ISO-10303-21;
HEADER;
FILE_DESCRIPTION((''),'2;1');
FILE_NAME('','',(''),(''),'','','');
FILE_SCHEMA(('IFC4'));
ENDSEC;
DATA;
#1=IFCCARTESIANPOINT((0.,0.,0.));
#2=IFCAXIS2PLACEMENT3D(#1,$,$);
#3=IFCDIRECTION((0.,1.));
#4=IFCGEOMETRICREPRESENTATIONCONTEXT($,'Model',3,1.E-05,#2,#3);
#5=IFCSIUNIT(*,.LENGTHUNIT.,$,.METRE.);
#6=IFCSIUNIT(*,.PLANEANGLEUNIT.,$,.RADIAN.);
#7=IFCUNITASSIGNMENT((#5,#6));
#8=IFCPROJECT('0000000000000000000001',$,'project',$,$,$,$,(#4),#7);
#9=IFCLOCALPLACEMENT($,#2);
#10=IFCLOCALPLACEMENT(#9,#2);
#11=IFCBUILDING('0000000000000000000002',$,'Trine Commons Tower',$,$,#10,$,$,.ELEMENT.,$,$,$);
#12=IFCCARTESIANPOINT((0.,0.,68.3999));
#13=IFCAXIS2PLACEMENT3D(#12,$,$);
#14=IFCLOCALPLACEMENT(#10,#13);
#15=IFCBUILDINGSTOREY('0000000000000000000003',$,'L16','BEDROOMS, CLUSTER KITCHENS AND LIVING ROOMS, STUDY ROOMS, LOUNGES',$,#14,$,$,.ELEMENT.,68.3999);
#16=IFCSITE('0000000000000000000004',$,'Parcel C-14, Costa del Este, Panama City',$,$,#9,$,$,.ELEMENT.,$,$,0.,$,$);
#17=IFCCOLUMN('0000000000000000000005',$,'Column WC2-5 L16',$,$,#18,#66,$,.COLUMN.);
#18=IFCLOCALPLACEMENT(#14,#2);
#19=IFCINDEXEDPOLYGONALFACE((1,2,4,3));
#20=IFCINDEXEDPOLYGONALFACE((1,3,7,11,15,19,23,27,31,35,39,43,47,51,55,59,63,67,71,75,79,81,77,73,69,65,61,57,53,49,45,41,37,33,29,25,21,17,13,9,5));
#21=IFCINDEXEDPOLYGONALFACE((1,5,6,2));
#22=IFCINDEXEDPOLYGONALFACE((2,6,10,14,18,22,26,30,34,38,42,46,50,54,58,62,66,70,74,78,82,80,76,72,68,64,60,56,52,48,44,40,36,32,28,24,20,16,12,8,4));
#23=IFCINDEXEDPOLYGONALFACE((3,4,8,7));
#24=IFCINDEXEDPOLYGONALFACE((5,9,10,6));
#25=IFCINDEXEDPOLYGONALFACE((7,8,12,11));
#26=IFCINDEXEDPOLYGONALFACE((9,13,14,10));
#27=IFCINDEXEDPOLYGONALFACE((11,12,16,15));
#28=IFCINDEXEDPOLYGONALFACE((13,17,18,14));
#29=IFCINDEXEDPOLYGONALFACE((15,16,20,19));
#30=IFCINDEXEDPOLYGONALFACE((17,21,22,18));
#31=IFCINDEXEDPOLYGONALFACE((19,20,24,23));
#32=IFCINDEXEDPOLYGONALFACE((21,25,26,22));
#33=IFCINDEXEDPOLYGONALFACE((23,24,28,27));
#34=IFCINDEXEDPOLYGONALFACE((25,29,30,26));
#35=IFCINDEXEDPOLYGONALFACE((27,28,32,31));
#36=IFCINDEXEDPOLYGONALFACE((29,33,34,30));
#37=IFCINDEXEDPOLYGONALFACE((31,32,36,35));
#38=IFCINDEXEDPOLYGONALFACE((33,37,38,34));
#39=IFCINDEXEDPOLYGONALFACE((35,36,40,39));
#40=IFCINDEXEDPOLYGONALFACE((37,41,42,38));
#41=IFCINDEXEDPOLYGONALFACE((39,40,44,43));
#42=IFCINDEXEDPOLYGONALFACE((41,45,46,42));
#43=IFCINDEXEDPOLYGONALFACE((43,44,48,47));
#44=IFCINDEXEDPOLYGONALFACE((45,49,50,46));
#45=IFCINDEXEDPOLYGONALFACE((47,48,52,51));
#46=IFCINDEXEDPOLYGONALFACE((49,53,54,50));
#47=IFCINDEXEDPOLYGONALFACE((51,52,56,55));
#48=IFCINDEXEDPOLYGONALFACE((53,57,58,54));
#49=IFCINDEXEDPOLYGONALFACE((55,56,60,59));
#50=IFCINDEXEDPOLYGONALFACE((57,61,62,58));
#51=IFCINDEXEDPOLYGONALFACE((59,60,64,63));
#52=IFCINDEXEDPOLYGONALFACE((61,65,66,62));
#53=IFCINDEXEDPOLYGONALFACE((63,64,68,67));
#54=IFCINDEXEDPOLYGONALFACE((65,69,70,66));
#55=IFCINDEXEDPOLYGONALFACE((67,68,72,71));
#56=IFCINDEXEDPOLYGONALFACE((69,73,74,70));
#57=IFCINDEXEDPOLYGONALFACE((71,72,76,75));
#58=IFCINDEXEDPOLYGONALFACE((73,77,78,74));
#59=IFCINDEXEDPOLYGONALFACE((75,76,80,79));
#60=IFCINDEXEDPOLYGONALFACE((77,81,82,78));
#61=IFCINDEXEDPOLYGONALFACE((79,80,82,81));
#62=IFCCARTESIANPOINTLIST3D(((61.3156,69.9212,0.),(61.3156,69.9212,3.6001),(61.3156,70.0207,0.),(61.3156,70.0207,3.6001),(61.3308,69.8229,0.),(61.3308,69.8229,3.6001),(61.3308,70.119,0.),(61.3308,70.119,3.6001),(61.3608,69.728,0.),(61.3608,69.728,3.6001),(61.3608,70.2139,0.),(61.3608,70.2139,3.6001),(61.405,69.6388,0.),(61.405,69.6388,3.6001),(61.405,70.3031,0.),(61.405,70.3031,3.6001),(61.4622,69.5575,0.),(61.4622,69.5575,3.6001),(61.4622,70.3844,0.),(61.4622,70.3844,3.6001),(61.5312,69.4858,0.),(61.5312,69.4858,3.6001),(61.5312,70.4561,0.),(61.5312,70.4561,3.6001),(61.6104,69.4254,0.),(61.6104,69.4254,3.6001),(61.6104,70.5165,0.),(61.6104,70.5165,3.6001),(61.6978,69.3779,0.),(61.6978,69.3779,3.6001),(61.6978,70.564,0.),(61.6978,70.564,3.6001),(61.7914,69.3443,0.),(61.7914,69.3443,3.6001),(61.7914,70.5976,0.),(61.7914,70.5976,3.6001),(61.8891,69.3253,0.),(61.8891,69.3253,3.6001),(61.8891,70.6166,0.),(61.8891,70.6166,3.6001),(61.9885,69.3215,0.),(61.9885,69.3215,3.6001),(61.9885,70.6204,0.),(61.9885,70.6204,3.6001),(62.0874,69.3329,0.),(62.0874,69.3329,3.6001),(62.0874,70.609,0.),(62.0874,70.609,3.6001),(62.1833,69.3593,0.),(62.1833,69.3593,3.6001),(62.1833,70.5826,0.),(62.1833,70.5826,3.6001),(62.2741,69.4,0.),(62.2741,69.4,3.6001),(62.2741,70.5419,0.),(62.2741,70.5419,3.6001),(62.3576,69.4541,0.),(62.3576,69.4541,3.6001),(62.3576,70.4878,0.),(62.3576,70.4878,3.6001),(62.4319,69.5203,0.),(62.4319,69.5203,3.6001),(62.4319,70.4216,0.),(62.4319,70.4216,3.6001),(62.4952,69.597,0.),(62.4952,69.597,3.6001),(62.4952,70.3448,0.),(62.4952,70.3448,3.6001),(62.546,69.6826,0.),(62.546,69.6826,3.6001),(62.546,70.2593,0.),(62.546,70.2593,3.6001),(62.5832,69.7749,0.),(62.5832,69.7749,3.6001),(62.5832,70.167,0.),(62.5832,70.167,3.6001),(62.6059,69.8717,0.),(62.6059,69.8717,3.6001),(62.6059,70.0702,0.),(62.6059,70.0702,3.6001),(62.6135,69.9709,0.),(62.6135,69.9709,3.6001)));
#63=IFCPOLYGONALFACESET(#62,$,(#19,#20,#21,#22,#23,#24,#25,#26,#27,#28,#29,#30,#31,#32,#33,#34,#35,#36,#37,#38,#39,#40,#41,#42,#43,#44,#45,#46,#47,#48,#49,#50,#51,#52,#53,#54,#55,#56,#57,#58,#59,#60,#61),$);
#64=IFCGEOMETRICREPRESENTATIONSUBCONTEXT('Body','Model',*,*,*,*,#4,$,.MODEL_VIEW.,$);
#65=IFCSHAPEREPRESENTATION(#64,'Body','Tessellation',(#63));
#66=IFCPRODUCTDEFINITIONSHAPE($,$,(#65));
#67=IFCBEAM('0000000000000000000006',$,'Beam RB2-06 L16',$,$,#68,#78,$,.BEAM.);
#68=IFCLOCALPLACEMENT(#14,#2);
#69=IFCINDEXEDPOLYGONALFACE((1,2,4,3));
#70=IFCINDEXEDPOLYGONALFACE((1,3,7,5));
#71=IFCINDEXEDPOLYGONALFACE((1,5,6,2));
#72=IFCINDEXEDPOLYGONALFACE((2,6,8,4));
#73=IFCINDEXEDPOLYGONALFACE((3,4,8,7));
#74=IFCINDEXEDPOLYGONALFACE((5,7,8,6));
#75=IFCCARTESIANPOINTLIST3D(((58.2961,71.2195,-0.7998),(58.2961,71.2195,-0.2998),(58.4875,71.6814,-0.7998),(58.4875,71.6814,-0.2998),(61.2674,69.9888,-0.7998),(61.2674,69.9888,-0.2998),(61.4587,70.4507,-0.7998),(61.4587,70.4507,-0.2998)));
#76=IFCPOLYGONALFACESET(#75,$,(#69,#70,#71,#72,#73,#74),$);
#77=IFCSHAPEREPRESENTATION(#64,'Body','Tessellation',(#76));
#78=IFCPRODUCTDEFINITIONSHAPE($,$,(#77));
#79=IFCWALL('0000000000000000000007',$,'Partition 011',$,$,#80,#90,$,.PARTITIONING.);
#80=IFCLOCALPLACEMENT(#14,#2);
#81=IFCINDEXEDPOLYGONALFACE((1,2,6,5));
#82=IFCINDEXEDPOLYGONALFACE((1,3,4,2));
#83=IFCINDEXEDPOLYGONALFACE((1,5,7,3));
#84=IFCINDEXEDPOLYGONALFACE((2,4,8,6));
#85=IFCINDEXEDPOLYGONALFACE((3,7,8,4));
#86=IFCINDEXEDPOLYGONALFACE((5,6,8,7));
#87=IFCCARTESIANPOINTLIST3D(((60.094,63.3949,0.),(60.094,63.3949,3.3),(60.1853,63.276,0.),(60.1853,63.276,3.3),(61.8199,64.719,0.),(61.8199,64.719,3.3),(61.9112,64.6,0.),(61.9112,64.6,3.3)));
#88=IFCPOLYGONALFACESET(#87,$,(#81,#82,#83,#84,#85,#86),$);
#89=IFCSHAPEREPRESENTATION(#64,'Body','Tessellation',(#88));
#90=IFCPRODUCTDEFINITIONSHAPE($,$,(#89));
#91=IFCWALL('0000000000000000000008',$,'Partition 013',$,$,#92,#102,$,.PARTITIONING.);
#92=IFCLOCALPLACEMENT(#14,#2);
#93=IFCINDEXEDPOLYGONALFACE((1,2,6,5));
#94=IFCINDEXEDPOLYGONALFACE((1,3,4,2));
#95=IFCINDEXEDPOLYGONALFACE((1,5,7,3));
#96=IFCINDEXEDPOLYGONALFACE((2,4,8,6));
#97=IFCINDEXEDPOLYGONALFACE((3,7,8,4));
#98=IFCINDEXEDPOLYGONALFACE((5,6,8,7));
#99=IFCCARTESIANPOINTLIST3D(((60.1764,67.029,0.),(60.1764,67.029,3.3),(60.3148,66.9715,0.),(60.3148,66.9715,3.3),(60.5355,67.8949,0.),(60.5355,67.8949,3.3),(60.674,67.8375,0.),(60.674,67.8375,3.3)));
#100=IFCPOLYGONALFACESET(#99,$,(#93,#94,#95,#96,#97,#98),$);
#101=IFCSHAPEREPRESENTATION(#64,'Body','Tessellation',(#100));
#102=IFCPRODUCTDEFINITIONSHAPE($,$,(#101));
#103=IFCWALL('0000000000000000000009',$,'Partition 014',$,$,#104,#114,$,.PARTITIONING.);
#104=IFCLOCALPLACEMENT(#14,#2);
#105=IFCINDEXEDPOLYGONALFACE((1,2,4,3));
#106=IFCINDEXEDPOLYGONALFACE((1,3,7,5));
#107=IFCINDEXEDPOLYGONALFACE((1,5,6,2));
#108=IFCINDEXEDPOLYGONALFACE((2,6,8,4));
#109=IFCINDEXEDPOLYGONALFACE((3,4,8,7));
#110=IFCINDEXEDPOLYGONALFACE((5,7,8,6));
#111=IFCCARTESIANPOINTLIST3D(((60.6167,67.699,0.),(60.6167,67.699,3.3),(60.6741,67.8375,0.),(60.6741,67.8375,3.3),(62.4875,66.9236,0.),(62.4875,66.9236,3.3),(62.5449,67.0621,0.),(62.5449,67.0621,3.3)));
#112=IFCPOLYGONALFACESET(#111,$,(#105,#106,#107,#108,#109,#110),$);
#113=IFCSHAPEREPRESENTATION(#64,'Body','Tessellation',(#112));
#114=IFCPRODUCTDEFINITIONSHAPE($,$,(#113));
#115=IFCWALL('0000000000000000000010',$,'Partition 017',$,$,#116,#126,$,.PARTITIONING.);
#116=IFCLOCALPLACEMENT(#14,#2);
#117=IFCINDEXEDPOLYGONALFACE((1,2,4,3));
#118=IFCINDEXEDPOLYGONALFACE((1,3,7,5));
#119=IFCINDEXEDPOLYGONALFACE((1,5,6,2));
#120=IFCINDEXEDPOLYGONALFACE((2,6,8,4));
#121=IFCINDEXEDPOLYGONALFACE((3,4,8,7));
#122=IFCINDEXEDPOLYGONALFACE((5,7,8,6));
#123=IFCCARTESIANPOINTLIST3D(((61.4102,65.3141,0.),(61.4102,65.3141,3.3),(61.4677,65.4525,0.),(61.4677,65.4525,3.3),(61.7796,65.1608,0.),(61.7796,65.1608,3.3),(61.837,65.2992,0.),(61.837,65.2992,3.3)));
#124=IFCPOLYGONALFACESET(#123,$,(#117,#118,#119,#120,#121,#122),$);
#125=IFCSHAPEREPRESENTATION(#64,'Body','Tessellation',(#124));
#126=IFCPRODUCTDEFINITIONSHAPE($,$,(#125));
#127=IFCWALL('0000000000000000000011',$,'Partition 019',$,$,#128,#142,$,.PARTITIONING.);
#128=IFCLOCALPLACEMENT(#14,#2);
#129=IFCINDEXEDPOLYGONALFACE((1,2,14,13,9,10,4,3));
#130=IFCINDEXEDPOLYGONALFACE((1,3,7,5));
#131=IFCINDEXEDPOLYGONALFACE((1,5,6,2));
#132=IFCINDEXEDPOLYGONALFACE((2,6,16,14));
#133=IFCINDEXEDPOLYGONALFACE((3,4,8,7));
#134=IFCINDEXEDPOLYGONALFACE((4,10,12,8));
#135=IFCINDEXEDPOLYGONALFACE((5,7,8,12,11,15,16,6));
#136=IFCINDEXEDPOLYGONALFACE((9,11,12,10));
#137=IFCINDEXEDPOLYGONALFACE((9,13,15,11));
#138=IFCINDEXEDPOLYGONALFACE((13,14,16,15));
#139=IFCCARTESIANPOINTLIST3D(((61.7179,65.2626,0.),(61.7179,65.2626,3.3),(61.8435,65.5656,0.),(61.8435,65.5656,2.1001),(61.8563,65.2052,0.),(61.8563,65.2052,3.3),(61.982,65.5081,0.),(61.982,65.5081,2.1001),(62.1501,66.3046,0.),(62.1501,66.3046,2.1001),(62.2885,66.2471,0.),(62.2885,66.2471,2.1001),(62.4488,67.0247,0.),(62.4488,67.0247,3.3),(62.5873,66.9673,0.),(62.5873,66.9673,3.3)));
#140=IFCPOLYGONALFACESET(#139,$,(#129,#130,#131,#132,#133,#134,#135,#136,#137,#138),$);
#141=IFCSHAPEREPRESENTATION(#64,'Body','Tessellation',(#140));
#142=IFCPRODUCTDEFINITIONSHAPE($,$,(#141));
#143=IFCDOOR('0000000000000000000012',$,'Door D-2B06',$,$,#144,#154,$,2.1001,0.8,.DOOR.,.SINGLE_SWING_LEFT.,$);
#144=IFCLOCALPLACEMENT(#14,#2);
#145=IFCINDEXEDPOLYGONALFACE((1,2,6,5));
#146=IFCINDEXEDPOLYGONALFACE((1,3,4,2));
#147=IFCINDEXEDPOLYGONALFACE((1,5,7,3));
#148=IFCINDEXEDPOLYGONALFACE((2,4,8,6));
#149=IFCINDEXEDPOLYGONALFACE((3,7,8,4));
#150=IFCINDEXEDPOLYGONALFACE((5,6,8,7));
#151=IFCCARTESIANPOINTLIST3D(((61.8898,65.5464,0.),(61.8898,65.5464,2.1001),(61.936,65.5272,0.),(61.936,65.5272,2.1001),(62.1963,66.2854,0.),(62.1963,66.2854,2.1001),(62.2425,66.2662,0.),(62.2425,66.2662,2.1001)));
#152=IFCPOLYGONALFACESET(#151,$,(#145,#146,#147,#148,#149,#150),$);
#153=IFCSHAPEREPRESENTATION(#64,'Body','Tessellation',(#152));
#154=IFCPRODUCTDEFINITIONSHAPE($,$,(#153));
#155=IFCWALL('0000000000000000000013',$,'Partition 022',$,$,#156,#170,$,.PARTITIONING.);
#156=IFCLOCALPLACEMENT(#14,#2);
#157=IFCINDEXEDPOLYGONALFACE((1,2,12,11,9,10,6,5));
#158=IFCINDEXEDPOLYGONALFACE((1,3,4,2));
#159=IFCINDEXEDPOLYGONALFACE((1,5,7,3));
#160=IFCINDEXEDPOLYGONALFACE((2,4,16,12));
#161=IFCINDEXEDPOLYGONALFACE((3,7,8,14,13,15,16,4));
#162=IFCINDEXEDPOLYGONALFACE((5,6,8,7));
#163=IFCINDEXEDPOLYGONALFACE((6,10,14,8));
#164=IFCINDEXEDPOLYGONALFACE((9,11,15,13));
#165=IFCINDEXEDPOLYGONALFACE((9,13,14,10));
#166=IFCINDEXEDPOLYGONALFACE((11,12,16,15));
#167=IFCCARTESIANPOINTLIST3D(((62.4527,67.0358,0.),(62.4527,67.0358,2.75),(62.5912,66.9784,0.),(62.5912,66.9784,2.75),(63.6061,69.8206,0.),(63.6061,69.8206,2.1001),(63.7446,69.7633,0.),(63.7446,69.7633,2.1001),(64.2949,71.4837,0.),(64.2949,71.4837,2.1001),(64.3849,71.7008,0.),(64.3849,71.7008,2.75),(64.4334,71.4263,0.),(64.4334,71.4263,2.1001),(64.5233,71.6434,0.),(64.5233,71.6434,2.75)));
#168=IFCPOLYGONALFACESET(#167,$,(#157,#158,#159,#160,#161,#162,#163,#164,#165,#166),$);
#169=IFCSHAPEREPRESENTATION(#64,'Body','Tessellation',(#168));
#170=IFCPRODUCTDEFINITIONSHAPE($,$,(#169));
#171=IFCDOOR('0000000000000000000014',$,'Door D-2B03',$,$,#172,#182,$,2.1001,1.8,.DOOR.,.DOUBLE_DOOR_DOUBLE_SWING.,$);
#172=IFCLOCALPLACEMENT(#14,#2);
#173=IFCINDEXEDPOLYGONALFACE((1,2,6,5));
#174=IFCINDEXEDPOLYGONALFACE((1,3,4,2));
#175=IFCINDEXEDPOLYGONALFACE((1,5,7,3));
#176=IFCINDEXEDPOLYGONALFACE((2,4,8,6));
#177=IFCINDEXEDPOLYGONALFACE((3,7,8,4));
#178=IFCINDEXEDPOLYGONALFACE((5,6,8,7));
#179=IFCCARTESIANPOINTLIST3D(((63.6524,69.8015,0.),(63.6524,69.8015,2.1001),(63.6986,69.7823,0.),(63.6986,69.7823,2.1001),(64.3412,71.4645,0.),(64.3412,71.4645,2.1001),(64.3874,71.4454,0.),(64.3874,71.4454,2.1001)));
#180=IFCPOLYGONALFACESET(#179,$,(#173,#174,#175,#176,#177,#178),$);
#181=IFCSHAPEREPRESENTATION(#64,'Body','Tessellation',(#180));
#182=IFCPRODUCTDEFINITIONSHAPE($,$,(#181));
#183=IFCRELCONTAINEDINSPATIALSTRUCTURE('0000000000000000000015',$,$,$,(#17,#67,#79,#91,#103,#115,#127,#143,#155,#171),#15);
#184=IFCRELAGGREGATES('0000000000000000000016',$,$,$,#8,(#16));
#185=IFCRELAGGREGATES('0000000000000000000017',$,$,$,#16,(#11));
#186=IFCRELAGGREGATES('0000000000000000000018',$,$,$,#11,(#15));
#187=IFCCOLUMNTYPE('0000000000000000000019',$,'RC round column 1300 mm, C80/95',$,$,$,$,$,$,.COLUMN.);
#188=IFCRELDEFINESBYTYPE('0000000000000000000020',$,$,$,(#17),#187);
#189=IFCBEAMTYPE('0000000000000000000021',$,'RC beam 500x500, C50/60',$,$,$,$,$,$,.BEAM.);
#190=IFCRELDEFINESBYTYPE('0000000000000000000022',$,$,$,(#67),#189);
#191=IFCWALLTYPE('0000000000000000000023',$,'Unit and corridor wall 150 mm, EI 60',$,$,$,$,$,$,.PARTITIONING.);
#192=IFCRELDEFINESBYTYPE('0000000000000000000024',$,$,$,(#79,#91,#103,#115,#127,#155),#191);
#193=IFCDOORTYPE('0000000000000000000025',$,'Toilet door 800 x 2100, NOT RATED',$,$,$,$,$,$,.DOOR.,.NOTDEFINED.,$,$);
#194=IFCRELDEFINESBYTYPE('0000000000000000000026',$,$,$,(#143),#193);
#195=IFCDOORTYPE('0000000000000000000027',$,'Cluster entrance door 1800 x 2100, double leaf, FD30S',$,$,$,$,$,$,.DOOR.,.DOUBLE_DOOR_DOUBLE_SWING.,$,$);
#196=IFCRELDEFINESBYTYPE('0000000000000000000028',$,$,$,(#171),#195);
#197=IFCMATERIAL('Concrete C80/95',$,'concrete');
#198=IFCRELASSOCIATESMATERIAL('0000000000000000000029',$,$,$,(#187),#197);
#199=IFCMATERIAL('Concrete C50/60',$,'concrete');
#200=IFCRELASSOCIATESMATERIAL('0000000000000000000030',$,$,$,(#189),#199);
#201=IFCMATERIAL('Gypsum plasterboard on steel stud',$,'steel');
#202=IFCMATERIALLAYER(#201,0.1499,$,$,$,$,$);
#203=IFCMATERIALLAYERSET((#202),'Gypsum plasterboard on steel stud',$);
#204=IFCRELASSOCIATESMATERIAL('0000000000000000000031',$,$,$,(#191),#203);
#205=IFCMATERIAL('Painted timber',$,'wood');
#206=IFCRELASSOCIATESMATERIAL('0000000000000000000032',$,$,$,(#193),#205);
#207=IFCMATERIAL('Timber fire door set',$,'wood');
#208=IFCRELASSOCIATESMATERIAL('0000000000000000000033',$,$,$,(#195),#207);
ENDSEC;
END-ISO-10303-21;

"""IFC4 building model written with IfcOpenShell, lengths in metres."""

from ifc_helpers import new_model, si_unit, direction, frame, frame_2d, origin, origin_2d, place, context, subcontext, project, spatial, rectangle, circle, extrude, material, layer, layer_set, material_profile, profile_set, type_object, element, fill, save


model = new_model("IFC4")

# Units and contexts
model_context = context("Model", 3, precision=1e-05, world=origin(), true_north=direction((0.0, 1.0)))
body_context = subcontext(model_context, "Body", "Model", "MODEL_VIEW")
ifc_project = project(units=[si_unit("LENGTHUNIT", "METRE"), si_unit("PLANEANGLEUNIT", "RADIAN")], contexts=[model_context])

# Site, building, storey
site_placement = place(None, origin())
site = spatial("IfcSite", under=ifc_project, at=site_placement, Name="Parcel C-14, Costa del Este, Panama City", CompositionType="ELEMENT", RefElevation=0.0)
building_placement = place(site_placement, origin())
building = spatial("IfcBuilding", under=site, at=building_placement, Name="Trine Commons Tower", CompositionType="ELEMENT")
storey_placement = place(building_placement, frame((0.0, 0.0, 68.3999)))
storey = spatial("IfcBuildingStorey", under=building, at=storey_placement, Name="L16", Description="BEDROOMS, CLUSTER KITCHENS AND LIVING ROOMS, STUDY ROOMS, LOUNGES", CompositionType="ELEMENT", Elevation=68.3999)

# Column
ifc_material_1 = material(Name="Concrete C80/95", Category="concrete")
ifc_material_profile_1 = material_profile(ifc_material_1, circle(Radius=0.6499, at=origin_2d()), Name="RC round 1300")
ifc_profile_set_1 = profile_set([ifc_material_profile_1], Name="Concrete C80/95")
column_type = type_object("IfcColumnType", Name="RC round column 1300 mm, C80/95", PredefinedType="COLUMN", material=ifc_profile_set_1)
column_placement = place(storey_placement, frame((61.9636, 69.9709, 0.0), z_axis=(0.0, 0.0, 1.0), x_axis=(1.0, 0.0, 0.0)))
element("IfcColumn", 1, at=column_placement, inside=storey, type_object=column_type, Name="Column WC2-5 L16", PredefinedType="COLUMN", context=body_context, shape_type="SweptSolid", body=[
    extrude(circle(Radius=0.6499, at=origin_2d()), origin(), (0.0, 0.0, 1.0), 3.6001),
])

# Beam
ifc_material_2 = material(Name="Concrete C50/60", Category="concrete")
ifc_material_profile_2 = material_profile(ifc_material_2, rectangle(XDim=0.5, YDim=0.5, at=origin_2d()), Name="RC 500x500")
ifc_profile_set_2 = profile_set([ifc_material_profile_2], Name="Concrete C50/60")
beam_type = type_object("IfcBeamType", Name="RC beam 500x500, C50/60", PredefinedType="BEAM", material=ifc_profile_set_2)
beam_placement = place(storey_placement, frame((61.363, 70.2197, -0.5498), z_axis=(-0.923879, 0.382685, 0.0), x_axis=(-0.382685, -0.923879, 0.0)))
element("IfcBeam", 2, at=beam_placement, inside=storey, type_object=beam_type, Name="Beam RB2-06 L16", PredefinedType="BEAM", context=body_context, shape_type="SweptSolid", body=[
    extrude(rectangle(XDim=0.5, YDim=0.5, at=origin_2d()), origin(), (0.0, 0.0, 1.0), 3.2161),
])

# Walls
ifc_material_3 = material(Name="Gypsum plasterboard on steel stud", Category="steel")
ifc_layer_1 = layer(ifc_material_3, 0.1499)
ifc_layer_set_1 = layer_set([ifc_layer_1], Name="Gypsum plasterboard on steel stud")
wall_type_1 = type_object("IfcWallType", Name="Unit and corridor wall 150 mm, EI 60", PredefinedType="PARTITIONING", material=ifc_layer_set_1)
wall_1_placement = place(storey_placement, frame((60.1396, 63.3354, 0.0), z_axis=(0.0, 0.0, 1.0), x_axis=(0.79342, 0.608674, 0.0)))
element("IfcWall", 3, at=wall_1_placement, inside=storey, type_object=wall_type_1, Name="Partition 011", PredefinedType="PARTITIONING", context=body_context, shape_type="SweptSolid", body=[
    extrude(rectangle(XDim=2.1753, YDim=0.1499, at=frame_2d((1.0876, 0.0))), origin(), (0.0, 0.0, 1.0), 3.3),
])
wall_2_placement = place(storey_placement, frame((60.2456, 67.0002, 0.0), z_axis=(0.0, 0.0, 1.0), x_axis=(0.38308, 0.923715, 0.0)))
element("IfcWall", 4, at=wall_2_placement, inside=storey, type_object=wall_type_1, Name="Partition 013", PredefinedType="PARTITIONING", context=body_context, shape_type="SweptSolid", body=[
    extrude(rectangle(XDim=0.9375, YDim=0.1499, at=frame_2d((0.4688, 0.0))), origin(), (0.0, 0.0, 1.0), 3.3),
])
wall_3_placement = place(storey_placement, frame((60.6453, 67.7683, 0.0), z_axis=(0.0, 0.0, 1.0), x_axis=(0.923799, -0.382877, 0.0)))
element("IfcWall", 5, at=wall_3_placement, inside=storey, type_object=wall_type_1, Name="Partition 014", PredefinedType="PARTITIONING", context=body_context, shape_type="SweptSolid", body=[
    extrude(rectangle(XDim=2.0251, YDim=0.1499, at=frame_2d((1.0127, 0.0))), origin(), (0.0, 0.0, 1.0), 3.3),
])
wall_4_placement = place(storey_placement, frame((61.439, 65.3833, 0.0), z_axis=(0.0, 0.0, 1.0), x_axis=(0.9236, -0.383358, 0.0)))
element("IfcWall", 6, at=wall_4_placement, inside=storey, type_object=wall_type_1, Name="Partition 017", PredefinedType="PARTITIONING", context=body_context, shape_type="SweptSolid", body=[
    extrude(rectangle(XDim=0.3999, YDim=0.1499, at=frame_2d((0.2, 0.0))), origin(), (0.0, 0.0, 1.0), 3.3),
])

# Walls, openings, doors
wall_5_placement = place(storey_placement, frame((61.7871, 65.2339, 0.0), z_axis=(0.0, 0.0, 1.0), x_axis=(0.383143, 0.923689, 0.0)))
wall_5 = element("IfcWall", 7, at=wall_5_placement, inside=storey, type_object=wall_type_1, Name="Partition 019", PredefinedType="PARTITIONING", context=body_context, shape_type="SweptSolid", body=[
    extrude(rectangle(XDim=1.9077, YDim=0.1499, at=frame_2d((0.9539, 0.0))), origin(), (0.0, 0.0, 1.0), 3.3),
])
opening_1_placement = place(wall_5_placement, frame((0.3281, 0.0, 0.0)))
opening_1 = element("IfcOpeningElement", 8, at=opening_1_placement, cuts=wall_5, PredefinedType="OPENING", context=body_context, shape_type="SweptSolid", body=[
    extrude(rectangle(XDim=0.8, YDim=2.1001, at=frame_2d((0.3999, 1.05))), frame((0.0, 0.085, 0.0), z_axis=(0.0, -1.0, 0.0), x_axis=(1.0, 0.0, 0.0)), (0.0, 0.0, 1.0), 0.1699),
])
ifc_material_4 = material(Name="Painted timber", Category="wood")
door_type_1 = type_object("IfcDoorType", Name="Toilet door 800 x 2100, NOT RATED", OperationType="NOTDEFINED", PredefinedType="DOOR", material=ifc_material_4)
door_1_placement = place(opening_1_placement, origin())
door_1 = element("IfcDoor", 9, at=door_1_placement, inside=storey, type_object=door_type_1, Name="Door D-2B06", OperationType="SINGLE_SWING_LEFT", OverallHeight=2.1001, OverallWidth=0.8, PredefinedType="DOOR", context=body_context, shape_type="SweptSolid", body=[
    extrude(rectangle(XDim=0.8, YDim=2.1001, at=frame_2d((0.3999, 1.05))), frame((0.0, 0.0249, 0.0), z_axis=(0.0, -1.0, 0.0), x_axis=(1.0, 0.0, 0.0)), (0.0, 0.0, 1.0), 0.05),
])
fill(opening_1, door_1)
wall_6_placement = place(storey_placement, frame((62.522, 67.0071, 0.0), z_axis=(0.0, 0.0, 1.0), x_axis=(0.382651, 0.923893, 0.0)))
wall_6 = element("IfcWall", 10, at=wall_6_placement, inside=storey, type_object=wall_type_1, Name="Partition 022", PredefinedType="PARTITIONING", context=body_context, shape_type="SweptSolid", body=[
    extrude(rectangle(XDim=5.0493, YDim=0.1499, at=frame_2d((2.5247, 0.0))), origin(), (0.0, 0.0, 1.0), 2.75),
])
opening_2_placement = place(wall_6_placement, frame((3.0144, 0.0, 0.0)))
opening_2 = element("IfcOpeningElement", 11, at=opening_2_placement, cuts=wall_6, PredefinedType="OPENING", context=body_context, shape_type="SweptSolid", body=[
    extrude(rectangle(XDim=1.8, YDim=2.1001, at=frame_2d((0.8999, 1.05))), frame((0.0, 0.085, 0.0), z_axis=(0.0, -1.0, 0.0), x_axis=(1.0, 0.0, 0.0)), (0.0, 0.0, 1.0), 0.1699),
])
ifc_material_5 = material(Name="Timber fire door set", Category="wood")
door_type_2 = type_object("IfcDoorType", Name="Cluster entrance door 1800 x 2100, double leaf, FD30S", OperationType="DOUBLE_DOOR_DOUBLE_SWING", PredefinedType="DOOR", material=ifc_material_5)
door_2_placement = place(opening_2_placement, origin())
door_2 = element("IfcDoor", 12, at=door_2_placement, inside=storey, type_object=door_type_2, Name="Door D-2B03", OperationType="DOUBLE_DOOR_DOUBLE_SWING", OverallHeight=2.1001, OverallWidth=1.8, PredefinedType="DOOR", context=body_context, shape_type="SweptSolid", body=[
    extrude(rectangle(XDim=1.8, YDim=2.1001, at=frame_2d((0.8999, 1.05))), frame((0.0, 0.0249, 0.0), z_axis=(0.0, -1.0, 0.0), x_axis=(1.0, 0.0, 0.0)), (0.0, 0.0, 1.0), 0.05),
])
fill(opening_2, door_2)

save(model, "model.ifc")
